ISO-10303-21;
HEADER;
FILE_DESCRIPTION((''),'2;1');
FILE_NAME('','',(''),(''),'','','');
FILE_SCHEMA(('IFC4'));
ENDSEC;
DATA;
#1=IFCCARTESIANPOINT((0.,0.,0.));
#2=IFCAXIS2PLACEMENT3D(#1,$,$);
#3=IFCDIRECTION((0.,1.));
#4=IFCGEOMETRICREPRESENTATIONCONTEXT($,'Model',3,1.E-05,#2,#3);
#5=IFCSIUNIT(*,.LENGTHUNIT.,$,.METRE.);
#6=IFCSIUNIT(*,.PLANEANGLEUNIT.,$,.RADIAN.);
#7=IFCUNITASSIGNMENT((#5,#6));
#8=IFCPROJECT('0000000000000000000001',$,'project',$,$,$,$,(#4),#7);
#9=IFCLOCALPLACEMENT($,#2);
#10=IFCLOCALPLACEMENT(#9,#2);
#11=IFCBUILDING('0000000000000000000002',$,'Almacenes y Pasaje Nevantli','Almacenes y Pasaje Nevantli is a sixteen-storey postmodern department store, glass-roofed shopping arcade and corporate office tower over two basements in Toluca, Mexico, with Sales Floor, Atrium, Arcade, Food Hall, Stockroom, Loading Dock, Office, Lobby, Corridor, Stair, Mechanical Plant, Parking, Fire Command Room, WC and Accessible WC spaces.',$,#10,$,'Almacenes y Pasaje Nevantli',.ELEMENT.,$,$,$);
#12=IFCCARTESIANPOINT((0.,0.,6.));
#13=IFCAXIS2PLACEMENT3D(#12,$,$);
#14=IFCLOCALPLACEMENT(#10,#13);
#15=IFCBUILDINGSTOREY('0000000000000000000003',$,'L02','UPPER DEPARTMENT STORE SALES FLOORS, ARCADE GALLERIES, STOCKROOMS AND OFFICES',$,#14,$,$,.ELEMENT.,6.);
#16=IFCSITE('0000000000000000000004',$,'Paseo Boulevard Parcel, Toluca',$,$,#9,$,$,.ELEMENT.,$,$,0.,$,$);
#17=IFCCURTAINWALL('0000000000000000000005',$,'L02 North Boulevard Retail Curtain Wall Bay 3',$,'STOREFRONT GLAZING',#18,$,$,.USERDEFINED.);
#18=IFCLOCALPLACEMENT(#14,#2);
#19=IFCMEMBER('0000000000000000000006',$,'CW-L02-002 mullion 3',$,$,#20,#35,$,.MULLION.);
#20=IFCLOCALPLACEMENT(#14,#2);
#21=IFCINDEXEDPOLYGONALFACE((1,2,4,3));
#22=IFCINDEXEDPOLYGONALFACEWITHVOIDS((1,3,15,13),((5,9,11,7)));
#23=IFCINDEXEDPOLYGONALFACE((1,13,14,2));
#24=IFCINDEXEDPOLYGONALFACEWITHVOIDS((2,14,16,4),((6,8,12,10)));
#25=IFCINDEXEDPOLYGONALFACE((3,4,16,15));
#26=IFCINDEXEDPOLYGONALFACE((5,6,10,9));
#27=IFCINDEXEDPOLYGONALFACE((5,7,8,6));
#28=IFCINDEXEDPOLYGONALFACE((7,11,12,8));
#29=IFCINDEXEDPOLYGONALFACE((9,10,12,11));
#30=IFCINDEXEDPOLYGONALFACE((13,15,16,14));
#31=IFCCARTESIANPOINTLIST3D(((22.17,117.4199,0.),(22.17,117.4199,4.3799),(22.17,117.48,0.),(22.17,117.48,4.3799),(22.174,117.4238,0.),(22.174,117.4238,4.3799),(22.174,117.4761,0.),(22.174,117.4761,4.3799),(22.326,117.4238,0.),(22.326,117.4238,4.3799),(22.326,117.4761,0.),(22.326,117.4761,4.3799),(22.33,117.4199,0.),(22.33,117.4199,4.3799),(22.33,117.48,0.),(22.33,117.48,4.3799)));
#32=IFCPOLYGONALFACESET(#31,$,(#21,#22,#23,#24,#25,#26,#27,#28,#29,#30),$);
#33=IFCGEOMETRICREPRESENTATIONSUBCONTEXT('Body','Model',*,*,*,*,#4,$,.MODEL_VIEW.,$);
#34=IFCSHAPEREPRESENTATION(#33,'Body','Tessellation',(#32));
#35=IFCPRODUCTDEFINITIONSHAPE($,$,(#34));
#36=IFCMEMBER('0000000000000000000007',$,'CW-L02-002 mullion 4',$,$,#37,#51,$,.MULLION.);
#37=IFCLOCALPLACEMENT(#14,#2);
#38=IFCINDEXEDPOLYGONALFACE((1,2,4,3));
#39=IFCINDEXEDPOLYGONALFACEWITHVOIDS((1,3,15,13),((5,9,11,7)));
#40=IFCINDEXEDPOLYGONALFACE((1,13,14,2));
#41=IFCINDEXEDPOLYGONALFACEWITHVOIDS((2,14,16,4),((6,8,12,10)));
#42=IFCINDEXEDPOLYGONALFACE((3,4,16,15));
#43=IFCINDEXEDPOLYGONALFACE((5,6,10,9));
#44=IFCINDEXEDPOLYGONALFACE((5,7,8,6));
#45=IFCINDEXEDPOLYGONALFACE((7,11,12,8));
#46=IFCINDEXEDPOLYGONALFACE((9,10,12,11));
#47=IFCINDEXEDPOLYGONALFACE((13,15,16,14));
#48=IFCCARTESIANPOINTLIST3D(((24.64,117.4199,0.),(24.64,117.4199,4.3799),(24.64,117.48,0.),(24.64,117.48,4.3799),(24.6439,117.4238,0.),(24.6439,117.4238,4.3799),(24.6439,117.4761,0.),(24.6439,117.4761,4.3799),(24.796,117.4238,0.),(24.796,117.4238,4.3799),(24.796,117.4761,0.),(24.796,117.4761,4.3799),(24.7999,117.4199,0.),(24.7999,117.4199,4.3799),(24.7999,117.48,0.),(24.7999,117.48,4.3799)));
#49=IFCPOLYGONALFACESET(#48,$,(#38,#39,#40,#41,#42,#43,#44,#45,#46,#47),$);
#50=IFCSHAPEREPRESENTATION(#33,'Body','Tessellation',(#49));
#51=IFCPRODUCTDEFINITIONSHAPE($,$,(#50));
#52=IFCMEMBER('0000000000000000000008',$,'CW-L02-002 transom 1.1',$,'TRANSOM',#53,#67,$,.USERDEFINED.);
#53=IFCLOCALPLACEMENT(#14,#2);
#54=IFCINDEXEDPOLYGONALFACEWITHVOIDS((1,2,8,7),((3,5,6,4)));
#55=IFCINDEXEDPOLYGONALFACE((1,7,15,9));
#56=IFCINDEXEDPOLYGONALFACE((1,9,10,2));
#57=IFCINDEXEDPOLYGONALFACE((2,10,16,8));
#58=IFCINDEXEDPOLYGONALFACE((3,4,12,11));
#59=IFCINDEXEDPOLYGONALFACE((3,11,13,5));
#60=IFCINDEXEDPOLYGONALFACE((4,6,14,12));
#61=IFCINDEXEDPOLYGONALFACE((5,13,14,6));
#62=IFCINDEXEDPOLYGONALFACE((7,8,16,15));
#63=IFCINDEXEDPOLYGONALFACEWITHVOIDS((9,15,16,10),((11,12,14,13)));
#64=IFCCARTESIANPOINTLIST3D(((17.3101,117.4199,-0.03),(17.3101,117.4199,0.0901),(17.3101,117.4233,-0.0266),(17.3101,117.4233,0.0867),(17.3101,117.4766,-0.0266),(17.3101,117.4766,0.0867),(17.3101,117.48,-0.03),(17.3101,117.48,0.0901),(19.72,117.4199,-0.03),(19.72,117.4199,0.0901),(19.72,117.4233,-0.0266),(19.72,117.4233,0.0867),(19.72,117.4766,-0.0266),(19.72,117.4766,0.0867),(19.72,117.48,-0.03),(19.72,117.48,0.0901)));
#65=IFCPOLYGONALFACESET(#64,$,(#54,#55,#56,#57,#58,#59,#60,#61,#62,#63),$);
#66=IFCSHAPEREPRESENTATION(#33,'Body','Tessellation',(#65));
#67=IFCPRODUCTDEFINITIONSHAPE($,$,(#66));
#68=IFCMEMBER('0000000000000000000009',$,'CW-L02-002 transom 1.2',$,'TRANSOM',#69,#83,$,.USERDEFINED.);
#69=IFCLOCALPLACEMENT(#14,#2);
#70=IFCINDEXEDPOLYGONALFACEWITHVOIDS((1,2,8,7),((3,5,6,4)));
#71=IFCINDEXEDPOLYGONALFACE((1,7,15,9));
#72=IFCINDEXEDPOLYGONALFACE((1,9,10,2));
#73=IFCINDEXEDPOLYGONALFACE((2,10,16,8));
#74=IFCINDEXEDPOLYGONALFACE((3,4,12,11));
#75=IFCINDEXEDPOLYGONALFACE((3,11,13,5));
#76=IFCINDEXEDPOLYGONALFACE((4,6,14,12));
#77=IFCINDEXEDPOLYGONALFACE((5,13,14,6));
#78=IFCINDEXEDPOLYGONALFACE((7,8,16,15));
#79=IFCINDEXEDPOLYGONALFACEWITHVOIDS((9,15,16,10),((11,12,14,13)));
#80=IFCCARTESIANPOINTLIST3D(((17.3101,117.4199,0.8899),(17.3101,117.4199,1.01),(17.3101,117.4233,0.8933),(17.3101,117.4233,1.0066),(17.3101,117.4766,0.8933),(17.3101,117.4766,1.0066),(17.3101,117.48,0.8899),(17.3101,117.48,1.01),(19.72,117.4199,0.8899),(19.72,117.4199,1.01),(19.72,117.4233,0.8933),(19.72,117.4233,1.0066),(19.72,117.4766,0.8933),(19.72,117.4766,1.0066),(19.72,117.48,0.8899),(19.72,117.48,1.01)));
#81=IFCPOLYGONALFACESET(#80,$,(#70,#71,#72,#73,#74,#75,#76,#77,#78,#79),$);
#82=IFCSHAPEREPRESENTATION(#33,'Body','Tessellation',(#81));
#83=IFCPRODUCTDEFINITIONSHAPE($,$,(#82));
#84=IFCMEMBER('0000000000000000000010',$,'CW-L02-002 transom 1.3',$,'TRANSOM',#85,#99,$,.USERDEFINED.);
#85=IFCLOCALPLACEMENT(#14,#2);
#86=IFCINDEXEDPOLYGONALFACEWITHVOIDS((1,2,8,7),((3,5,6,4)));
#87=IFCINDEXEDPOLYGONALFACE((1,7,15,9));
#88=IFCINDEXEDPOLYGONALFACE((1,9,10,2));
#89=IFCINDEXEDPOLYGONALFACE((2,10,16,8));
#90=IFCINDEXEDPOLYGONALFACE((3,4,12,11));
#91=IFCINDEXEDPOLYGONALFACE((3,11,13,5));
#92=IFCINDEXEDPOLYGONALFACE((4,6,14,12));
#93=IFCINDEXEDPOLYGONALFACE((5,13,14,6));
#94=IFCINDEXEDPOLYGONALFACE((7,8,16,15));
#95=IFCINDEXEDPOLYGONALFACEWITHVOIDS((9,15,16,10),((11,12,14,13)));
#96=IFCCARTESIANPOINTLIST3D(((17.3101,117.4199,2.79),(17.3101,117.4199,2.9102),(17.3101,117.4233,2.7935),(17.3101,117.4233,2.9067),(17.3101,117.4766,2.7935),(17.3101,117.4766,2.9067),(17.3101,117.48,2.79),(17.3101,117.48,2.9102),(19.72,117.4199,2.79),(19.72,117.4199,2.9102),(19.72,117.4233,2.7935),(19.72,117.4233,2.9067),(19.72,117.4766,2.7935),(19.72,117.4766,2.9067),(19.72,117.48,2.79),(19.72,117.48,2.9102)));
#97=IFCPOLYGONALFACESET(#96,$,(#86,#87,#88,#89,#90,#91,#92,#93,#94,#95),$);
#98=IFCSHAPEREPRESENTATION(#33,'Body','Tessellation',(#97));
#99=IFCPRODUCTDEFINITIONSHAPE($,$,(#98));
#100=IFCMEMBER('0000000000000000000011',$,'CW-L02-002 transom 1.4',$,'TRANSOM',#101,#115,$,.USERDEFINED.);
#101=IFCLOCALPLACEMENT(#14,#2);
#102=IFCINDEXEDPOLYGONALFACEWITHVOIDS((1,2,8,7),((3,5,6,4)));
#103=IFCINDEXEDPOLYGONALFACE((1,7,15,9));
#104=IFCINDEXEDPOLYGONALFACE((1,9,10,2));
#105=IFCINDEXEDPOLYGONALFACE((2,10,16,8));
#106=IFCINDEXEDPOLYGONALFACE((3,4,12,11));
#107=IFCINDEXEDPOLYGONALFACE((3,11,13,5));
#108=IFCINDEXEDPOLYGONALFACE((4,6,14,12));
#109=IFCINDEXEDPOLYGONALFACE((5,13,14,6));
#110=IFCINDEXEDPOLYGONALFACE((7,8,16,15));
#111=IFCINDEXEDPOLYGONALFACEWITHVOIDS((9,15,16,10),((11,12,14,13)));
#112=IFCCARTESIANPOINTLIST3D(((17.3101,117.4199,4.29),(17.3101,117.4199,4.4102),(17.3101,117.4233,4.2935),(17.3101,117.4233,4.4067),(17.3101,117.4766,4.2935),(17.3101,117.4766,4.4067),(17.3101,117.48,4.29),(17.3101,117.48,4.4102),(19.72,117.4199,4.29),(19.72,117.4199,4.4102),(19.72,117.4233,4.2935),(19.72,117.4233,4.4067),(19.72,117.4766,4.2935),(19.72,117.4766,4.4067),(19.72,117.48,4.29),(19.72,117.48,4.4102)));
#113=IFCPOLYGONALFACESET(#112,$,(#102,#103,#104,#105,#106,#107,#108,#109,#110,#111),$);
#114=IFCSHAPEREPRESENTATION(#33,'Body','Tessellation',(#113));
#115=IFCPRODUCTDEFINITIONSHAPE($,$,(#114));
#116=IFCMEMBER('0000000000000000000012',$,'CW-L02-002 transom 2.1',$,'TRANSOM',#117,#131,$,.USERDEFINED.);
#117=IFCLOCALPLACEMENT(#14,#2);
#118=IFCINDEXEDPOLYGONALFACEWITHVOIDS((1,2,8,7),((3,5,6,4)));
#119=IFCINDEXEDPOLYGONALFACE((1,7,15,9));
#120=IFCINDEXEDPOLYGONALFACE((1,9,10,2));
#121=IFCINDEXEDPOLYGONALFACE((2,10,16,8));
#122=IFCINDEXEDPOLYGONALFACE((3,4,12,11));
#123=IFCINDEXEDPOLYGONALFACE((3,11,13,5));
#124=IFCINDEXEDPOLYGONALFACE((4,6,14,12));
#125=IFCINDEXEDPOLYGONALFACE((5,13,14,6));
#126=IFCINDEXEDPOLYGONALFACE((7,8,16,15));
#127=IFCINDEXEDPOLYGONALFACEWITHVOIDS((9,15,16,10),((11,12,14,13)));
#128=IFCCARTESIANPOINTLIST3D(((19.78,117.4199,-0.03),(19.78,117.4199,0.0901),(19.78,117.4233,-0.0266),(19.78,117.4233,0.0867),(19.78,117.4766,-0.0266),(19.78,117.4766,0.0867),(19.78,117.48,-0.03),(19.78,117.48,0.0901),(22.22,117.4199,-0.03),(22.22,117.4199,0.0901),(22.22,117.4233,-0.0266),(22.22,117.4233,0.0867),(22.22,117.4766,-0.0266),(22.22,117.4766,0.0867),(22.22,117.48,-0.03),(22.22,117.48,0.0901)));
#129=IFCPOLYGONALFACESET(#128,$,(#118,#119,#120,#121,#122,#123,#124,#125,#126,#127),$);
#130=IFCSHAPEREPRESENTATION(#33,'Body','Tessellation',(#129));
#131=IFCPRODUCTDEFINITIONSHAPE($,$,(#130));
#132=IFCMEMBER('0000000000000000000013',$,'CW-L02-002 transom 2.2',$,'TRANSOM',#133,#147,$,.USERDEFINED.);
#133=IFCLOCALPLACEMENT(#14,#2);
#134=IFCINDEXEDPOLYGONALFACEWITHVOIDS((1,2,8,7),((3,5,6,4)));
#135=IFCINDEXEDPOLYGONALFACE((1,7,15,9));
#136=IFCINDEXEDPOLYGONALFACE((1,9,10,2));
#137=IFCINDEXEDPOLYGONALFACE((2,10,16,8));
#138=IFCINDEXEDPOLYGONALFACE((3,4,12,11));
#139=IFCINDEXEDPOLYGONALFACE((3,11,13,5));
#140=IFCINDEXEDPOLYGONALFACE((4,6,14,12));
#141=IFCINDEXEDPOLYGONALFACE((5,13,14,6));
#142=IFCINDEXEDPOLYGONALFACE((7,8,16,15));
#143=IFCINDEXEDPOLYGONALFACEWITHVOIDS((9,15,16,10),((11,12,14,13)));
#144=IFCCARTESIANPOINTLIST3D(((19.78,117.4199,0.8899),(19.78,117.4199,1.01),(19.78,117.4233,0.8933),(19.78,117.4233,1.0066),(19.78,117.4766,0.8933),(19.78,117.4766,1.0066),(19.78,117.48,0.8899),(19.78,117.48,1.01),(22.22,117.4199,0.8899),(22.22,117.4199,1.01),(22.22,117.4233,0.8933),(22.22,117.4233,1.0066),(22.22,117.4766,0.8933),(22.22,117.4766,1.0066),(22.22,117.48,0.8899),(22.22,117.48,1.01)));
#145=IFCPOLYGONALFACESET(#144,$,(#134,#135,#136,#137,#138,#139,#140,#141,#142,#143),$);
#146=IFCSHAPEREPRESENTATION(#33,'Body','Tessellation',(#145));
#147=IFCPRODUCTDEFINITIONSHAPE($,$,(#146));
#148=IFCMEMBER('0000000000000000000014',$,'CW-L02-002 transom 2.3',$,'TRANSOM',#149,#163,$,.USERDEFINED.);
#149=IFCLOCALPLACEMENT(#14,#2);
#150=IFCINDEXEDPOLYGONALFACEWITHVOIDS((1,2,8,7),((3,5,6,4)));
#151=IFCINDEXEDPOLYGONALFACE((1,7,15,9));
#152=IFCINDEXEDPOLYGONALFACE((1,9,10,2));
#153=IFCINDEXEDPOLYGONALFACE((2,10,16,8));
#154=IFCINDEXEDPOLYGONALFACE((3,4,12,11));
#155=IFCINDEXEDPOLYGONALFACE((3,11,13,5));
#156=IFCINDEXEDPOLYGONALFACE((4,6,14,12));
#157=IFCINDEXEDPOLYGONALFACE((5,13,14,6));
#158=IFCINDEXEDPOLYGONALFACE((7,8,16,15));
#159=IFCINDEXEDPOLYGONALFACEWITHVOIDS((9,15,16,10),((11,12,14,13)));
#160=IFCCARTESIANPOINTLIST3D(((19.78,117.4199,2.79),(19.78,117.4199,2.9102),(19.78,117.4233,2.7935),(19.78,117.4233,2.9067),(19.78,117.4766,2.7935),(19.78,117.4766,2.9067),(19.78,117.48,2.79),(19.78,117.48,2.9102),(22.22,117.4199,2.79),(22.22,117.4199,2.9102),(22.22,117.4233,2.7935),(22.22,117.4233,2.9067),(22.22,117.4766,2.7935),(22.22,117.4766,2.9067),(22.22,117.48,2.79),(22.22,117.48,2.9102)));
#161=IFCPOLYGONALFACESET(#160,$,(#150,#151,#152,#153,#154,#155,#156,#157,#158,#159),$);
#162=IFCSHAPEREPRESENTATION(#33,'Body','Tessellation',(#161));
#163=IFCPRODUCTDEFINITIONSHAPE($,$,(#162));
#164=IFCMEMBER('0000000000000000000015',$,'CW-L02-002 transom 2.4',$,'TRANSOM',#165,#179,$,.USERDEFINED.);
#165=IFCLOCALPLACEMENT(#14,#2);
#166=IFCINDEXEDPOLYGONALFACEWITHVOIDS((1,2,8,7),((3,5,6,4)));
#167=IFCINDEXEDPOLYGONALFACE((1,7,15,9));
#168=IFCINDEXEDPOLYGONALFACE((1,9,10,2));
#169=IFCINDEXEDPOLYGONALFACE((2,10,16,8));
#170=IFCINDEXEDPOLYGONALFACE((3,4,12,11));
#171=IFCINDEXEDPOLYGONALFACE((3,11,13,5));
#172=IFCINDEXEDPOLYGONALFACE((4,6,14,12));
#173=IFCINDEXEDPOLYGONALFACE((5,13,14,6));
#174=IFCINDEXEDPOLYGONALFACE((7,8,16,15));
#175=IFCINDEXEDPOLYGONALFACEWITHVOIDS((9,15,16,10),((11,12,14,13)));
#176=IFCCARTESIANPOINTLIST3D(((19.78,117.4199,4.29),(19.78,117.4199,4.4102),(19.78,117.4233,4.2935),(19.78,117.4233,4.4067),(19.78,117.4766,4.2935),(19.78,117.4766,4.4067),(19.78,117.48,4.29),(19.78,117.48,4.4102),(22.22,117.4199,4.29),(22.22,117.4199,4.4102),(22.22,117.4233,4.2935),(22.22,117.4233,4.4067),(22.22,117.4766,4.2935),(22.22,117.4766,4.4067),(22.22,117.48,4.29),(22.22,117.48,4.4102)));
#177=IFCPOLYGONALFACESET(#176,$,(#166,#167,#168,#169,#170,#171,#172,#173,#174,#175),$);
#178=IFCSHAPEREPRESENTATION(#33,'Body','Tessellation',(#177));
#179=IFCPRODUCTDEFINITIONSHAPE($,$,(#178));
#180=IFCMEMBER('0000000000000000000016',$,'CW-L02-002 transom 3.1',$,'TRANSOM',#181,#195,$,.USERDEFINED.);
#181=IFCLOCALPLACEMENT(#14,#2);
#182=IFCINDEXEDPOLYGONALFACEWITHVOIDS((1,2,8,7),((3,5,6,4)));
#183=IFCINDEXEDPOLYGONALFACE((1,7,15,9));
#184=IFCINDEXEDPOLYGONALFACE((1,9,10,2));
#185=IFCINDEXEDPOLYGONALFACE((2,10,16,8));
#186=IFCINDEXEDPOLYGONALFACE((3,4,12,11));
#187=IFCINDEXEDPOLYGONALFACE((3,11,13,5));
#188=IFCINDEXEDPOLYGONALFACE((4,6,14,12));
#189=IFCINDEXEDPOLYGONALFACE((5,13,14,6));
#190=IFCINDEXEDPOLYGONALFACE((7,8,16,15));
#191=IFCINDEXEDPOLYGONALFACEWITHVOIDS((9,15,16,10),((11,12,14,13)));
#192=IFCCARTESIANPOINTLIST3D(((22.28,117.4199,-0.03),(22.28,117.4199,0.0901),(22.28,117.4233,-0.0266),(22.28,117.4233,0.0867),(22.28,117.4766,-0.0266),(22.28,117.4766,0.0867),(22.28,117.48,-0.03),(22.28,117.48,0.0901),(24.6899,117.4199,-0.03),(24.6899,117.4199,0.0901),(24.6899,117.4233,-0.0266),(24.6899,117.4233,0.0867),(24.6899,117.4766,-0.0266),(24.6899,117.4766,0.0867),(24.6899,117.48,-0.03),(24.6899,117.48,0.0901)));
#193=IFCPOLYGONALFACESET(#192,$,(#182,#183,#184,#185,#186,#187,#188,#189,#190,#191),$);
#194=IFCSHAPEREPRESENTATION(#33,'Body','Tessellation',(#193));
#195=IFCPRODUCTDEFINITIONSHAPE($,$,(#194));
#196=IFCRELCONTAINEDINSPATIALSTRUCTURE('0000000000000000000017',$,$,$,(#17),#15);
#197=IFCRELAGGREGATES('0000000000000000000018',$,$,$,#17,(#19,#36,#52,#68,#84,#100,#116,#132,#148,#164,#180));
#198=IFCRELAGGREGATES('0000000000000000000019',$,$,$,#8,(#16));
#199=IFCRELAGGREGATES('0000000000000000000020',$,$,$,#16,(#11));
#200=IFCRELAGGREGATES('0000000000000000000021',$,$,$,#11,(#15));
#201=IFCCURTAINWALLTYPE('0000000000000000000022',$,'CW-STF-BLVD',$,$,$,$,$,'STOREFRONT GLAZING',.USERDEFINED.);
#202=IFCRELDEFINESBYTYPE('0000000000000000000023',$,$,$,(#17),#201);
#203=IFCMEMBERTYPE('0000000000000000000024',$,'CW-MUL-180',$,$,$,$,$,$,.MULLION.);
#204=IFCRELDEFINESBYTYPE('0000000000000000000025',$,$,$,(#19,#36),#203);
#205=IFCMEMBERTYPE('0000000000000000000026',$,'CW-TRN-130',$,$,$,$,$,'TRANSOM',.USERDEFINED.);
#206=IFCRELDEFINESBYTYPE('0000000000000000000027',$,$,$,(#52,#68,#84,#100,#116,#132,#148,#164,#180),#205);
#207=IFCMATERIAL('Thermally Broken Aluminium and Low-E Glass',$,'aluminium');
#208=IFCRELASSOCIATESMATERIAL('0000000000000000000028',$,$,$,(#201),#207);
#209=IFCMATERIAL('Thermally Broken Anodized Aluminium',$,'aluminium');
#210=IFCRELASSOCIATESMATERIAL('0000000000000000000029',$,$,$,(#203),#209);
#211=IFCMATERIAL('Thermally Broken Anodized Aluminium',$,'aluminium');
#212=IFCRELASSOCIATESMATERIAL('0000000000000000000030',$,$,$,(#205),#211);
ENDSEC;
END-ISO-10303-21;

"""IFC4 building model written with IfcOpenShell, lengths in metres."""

from ifc_helpers import new_model, si_unit, direction, frame, origin, origin_2d, place, context, subcontext, project, spatial, hollow_rectangle, extrude, material, material_profile, profile_set, type_object, element, aggregate, save


model = new_model("IFC4")

# Units and contexts
model_context = context("Model", 3, precision=1e-05, world=origin(), true_north=direction((0.0, 1.0)))
body_context = subcontext(model_context, "Body", "Model", "MODEL_VIEW")
ifc_project = project(units=[si_unit("LENGTHUNIT", "METRE"), si_unit("PLANEANGLEUNIT", "RADIAN")], contexts=[model_context])

# Site, building, storey
site_placement = place(None, origin())
site = spatial("IfcSite", under=ifc_project, at=site_placement, Name="Paseo Boulevard Parcel, Toluca", CompositionType="ELEMENT", RefElevation=0.0)
building_placement = place(site_placement, origin())
building = spatial("IfcBuilding", under=site, at=building_placement, Name="Almacenes y Pasaje Nevantli", Description="Almacenes y Pasaje Nevantli is a sixteen-storey postmodern department store, glass-roofed shopping arcade and corporate office tower over two basements in Toluca, Mexico, with Sales Floor, Atrium, Arcade, Food Hall, Stockroom, Loading Dock, Office, Lobby, Corridor, Stair, Mechanical Plant, Parking, Fire Command Room, WC and Accessible WC spaces.", LongName="Almacenes y Pasaje Nevantli", CompositionType="ELEMENT")
storey_placement = place(building_placement, frame((0.0, 0.0, 6.0)))
storey = spatial("IfcBuildingStorey", under=building, at=storey_placement, Name="L02", Description="UPPER DEPARTMENT STORE SALES FLOORS, ARCADE GALLERIES, STOCKROOMS AND OFFICES", CompositionType="ELEMENT", Elevation=6.0)

# Curtain wall, members
ifc_material_1 = material(Name="Thermally Broken Aluminium and Low-E Glass", Category="aluminium")
curtain_wall_type = type_object("IfcCurtainWallType", Name="CW-STF-BLVD", ElementType="STOREFRONT GLAZING", PredefinedType="USERDEFINED", material=ifc_material_1)
curtain_wall_placement = place(storey_placement, origin())
curtain_wall = element("IfcCurtainWall", 1, at=curtain_wall_placement, inside=storey, type_object=curtain_wall_type, Name="L02 North Boulevard Retail Curtain Wall Bay 3", ObjectType="STOREFRONT GLAZING", PredefinedType="USERDEFINED")
ifc_material_2 = material(Name="Thermally Broken Anodized Aluminium", Category="aluminium")
ifc_material_profile_1 = material_profile(ifc_material_2, hollow_rectangle(XDim=0.0601, YDim=0.1599, WallThickness=0.0039, at=origin_2d()), Name="ALU-MUL-60x160")
ifc_profile_set_1 = profile_set([ifc_material_profile_1], Name="Thermally Broken Anodized Aluminium")
member_type_1 = type_object("IfcMemberType", Name="CW-MUL-180", PredefinedType="MULLION", material=ifc_profile_set_1)
member_1_placement = place(storey_placement, frame((22.25, 117.45, 0.0), z_axis=(0.0, 0.0, 1.0), x_axis=(0.0, 1.0, 0.0)))
member_1 = element("IfcMember", 2, at=member_1_placement, type_object=member_type_1, Name="CW-L02-002 mullion 3", PredefinedType="MULLION", context=body_context, shape_type="SweptSolid", body=[
    extrude(hollow_rectangle(XDim=0.0601, YDim=0.1599, WallThickness=0.0039, at=origin_2d()), origin(), (0.0, 0.0, 1.0), 4.3799),
])
member_2_placement = place(storey_placement, frame((24.72, 117.45, 0.0), z_axis=(0.0, 0.0, 1.0), x_axis=(0.0, 1.0, 0.0)))
member_2 = element("IfcMember", 3, at=member_2_placement, type_object=member_type_1, Name="CW-L02-002 mullion 4", PredefinedType="MULLION", context=body_context, shape_type="SweptSolid", body=[
    extrude(hollow_rectangle(XDim=0.0601, YDim=0.1599, WallThickness=0.0039, at=origin_2d()), origin(), (0.0, 0.0, 1.0), 4.3799),
])
ifc_material_3 = material(Name="Thermally Broken Anodized Aluminium", Category="aluminium")
ifc_material_profile_2 = material_profile(ifc_material_3, hollow_rectangle(XDim=0.0601, YDim=0.1201, WallThickness=0.0034, at=origin_2d()), Name="ALU-TRN-60x120")
ifc_profile_set_2 = profile_set([ifc_material_profile_2], Name="Thermally Broken Anodized Aluminium")
member_type_2 = type_object("IfcMemberType", Name="CW-TRN-130", ElementType="TRANSOM", PredefinedType="USERDEFINED", material=ifc_profile_set_2)
member_3_placement = place(storey_placement, frame((17.3101, 117.45, 0.03), z_axis=(1.0, 0.0, 0.0), x_axis=(0.0, 1.0, 0.0)))
member_3 = element("IfcMember", 4, at=member_3_placement, type_object=member_type_2, Name="CW-L02-002 transom 1.1", ObjectType="TRANSOM", PredefinedType="USERDEFINED", context=body_context, shape_type="SweptSolid", body=[
    extrude(hollow_rectangle(XDim=0.0601, YDim=0.1201, WallThickness=0.0034, at=origin_2d()), origin(), (0.0, 0.0, 1.0), 2.4099),
])
member_4_placement = place(storey_placement, frame((17.3101, 117.45, 0.95), z_axis=(1.0, 0.0, 0.0), x_axis=(0.0, 1.0, 0.0)))
member_4 = element("IfcMember", 5, at=member_4_placement, type_object=member_type_2, Name="CW-L02-002 transom 1.2", ObjectType="TRANSOM", PredefinedType="USERDEFINED", context=body_context, shape_type="SweptSolid", body=[
    extrude(hollow_rectangle(XDim=0.0601, YDim=0.1201, WallThickness=0.0034, at=origin_2d()), origin(), (0.0, 0.0, 1.0), 2.4099),
])
member_5_placement = place(storey_placement, frame((17.3101, 117.45, 2.8501), z_axis=(1.0, 0.0, 0.0), x_axis=(0.0, 1.0, 0.0)))
member_5 = element("IfcMember", 6, at=member_5_placement, type_object=member_type_2, Name="CW-L02-002 transom 1.3", ObjectType="TRANSOM", PredefinedType="USERDEFINED", context=body_context, shape_type="SweptSolid", body=[
    extrude(hollow_rectangle(XDim=0.0601, YDim=0.1201, WallThickness=0.0034, at=origin_2d()), origin(), (0.0, 0.0, 1.0), 2.4099),
])
member_6_placement = place(storey_placement, frame((17.3101, 117.45, 4.3501), z_axis=(1.0, 0.0, 0.0), x_axis=(0.0, 1.0, 0.0)))
member_6 = element("IfcMember", 7, at=member_6_placement, type_object=member_type_2, Name="CW-L02-002 transom 1.4", ObjectType="TRANSOM", PredefinedType="USERDEFINED", context=body_context, shape_type="SweptSolid", body=[
    extrude(hollow_rectangle(XDim=0.0601, YDim=0.1201, WallThickness=0.0034, at=origin_2d()), origin(), (0.0, 0.0, 1.0), 2.4099),
])
member_7_placement = place(storey_placement, frame((19.78, 117.45, 0.03), z_axis=(1.0, 0.0, 0.0), x_axis=(0.0, 1.0, 0.0)))
member_7 = element("IfcMember", 8, at=member_7_placement, type_object=member_type_2, Name="CW-L02-002 transom 2.1", ObjectType="TRANSOM", PredefinedType="USERDEFINED", context=body_context, shape_type="SweptSolid", body=[
    extrude(hollow_rectangle(XDim=0.0601, YDim=0.1201, WallThickness=0.0034, at=origin_2d()), origin(), (0.0, 0.0, 1.0), 2.4399),
])
member_8_placement = place(storey_placement, frame((19.78, 117.45, 0.95), z_axis=(1.0, 0.0, 0.0), x_axis=(0.0, 1.0, 0.0)))
member_8 = element("IfcMember", 9, at=member_8_placement, type_object=member_type_2, Name="CW-L02-002 transom 2.2", ObjectType="TRANSOM", PredefinedType="USERDEFINED", context=body_context, shape_type="SweptSolid", body=[
    extrude(hollow_rectangle(XDim=0.0601, YDim=0.1201, WallThickness=0.0034, at=origin_2d()), origin(), (0.0, 0.0, 1.0), 2.4399),
])
member_9_placement = place(storey_placement, frame((19.78, 117.45, 2.8501), z_axis=(1.0, 0.0, 0.0), x_axis=(0.0, 1.0, 0.0)))
member_9 = element("IfcMember", 10, at=member_9_placement, type_object=member_type_2, Name="CW-L02-002 transom 2.3", ObjectType="TRANSOM", PredefinedType="USERDEFINED", context=body_context, shape_type="SweptSolid", body=[
    extrude(hollow_rectangle(XDim=0.0601, YDim=0.1201, WallThickness=0.0034, at=origin_2d()), origin(), (0.0, 0.0, 1.0), 2.4399),
])
member_10_placement = place(storey_placement, frame((19.78, 117.45, 4.3501), z_axis=(1.0, 0.0, 0.0), x_axis=(0.0, 1.0, 0.0)))
member_10 = element("IfcMember", 11, at=member_10_placement, type_object=member_type_2, Name="CW-L02-002 transom 2.4", ObjectType="TRANSOM", PredefinedType="USERDEFINED", context=body_context, shape_type="SweptSolid", body=[
    extrude(hollow_rectangle(XDim=0.0601, YDim=0.1201, WallThickness=0.0034, at=origin_2d()), origin(), (0.0, 0.0, 1.0), 2.4399),
])
member_11_placement = place(storey_placement, frame((22.28, 117.45, 0.03), z_axis=(1.0, 0.0, 0.0), x_axis=(0.0, 1.0, 0.0)))
member_11 = element("IfcMember", 12, at=member_11_placement, type_object=member_type_2, Name="CW-L02-002 transom 3.1", ObjectType="TRANSOM", PredefinedType="USERDEFINED", context=body_context, shape_type="SweptSolid", body=[
    extrude(hollow_rectangle(XDim=0.0601, YDim=0.1201, WallThickness=0.0034, at=origin_2d()), origin(), (0.0, 0.0, 1.0), 2.4099),
])
aggregate(curtain_wall, [member_1, member_2, member_3, member_4, member_5, member_6, member_7, member_8, member_9, member_10, member_11])

save(model, "model.ifc")
